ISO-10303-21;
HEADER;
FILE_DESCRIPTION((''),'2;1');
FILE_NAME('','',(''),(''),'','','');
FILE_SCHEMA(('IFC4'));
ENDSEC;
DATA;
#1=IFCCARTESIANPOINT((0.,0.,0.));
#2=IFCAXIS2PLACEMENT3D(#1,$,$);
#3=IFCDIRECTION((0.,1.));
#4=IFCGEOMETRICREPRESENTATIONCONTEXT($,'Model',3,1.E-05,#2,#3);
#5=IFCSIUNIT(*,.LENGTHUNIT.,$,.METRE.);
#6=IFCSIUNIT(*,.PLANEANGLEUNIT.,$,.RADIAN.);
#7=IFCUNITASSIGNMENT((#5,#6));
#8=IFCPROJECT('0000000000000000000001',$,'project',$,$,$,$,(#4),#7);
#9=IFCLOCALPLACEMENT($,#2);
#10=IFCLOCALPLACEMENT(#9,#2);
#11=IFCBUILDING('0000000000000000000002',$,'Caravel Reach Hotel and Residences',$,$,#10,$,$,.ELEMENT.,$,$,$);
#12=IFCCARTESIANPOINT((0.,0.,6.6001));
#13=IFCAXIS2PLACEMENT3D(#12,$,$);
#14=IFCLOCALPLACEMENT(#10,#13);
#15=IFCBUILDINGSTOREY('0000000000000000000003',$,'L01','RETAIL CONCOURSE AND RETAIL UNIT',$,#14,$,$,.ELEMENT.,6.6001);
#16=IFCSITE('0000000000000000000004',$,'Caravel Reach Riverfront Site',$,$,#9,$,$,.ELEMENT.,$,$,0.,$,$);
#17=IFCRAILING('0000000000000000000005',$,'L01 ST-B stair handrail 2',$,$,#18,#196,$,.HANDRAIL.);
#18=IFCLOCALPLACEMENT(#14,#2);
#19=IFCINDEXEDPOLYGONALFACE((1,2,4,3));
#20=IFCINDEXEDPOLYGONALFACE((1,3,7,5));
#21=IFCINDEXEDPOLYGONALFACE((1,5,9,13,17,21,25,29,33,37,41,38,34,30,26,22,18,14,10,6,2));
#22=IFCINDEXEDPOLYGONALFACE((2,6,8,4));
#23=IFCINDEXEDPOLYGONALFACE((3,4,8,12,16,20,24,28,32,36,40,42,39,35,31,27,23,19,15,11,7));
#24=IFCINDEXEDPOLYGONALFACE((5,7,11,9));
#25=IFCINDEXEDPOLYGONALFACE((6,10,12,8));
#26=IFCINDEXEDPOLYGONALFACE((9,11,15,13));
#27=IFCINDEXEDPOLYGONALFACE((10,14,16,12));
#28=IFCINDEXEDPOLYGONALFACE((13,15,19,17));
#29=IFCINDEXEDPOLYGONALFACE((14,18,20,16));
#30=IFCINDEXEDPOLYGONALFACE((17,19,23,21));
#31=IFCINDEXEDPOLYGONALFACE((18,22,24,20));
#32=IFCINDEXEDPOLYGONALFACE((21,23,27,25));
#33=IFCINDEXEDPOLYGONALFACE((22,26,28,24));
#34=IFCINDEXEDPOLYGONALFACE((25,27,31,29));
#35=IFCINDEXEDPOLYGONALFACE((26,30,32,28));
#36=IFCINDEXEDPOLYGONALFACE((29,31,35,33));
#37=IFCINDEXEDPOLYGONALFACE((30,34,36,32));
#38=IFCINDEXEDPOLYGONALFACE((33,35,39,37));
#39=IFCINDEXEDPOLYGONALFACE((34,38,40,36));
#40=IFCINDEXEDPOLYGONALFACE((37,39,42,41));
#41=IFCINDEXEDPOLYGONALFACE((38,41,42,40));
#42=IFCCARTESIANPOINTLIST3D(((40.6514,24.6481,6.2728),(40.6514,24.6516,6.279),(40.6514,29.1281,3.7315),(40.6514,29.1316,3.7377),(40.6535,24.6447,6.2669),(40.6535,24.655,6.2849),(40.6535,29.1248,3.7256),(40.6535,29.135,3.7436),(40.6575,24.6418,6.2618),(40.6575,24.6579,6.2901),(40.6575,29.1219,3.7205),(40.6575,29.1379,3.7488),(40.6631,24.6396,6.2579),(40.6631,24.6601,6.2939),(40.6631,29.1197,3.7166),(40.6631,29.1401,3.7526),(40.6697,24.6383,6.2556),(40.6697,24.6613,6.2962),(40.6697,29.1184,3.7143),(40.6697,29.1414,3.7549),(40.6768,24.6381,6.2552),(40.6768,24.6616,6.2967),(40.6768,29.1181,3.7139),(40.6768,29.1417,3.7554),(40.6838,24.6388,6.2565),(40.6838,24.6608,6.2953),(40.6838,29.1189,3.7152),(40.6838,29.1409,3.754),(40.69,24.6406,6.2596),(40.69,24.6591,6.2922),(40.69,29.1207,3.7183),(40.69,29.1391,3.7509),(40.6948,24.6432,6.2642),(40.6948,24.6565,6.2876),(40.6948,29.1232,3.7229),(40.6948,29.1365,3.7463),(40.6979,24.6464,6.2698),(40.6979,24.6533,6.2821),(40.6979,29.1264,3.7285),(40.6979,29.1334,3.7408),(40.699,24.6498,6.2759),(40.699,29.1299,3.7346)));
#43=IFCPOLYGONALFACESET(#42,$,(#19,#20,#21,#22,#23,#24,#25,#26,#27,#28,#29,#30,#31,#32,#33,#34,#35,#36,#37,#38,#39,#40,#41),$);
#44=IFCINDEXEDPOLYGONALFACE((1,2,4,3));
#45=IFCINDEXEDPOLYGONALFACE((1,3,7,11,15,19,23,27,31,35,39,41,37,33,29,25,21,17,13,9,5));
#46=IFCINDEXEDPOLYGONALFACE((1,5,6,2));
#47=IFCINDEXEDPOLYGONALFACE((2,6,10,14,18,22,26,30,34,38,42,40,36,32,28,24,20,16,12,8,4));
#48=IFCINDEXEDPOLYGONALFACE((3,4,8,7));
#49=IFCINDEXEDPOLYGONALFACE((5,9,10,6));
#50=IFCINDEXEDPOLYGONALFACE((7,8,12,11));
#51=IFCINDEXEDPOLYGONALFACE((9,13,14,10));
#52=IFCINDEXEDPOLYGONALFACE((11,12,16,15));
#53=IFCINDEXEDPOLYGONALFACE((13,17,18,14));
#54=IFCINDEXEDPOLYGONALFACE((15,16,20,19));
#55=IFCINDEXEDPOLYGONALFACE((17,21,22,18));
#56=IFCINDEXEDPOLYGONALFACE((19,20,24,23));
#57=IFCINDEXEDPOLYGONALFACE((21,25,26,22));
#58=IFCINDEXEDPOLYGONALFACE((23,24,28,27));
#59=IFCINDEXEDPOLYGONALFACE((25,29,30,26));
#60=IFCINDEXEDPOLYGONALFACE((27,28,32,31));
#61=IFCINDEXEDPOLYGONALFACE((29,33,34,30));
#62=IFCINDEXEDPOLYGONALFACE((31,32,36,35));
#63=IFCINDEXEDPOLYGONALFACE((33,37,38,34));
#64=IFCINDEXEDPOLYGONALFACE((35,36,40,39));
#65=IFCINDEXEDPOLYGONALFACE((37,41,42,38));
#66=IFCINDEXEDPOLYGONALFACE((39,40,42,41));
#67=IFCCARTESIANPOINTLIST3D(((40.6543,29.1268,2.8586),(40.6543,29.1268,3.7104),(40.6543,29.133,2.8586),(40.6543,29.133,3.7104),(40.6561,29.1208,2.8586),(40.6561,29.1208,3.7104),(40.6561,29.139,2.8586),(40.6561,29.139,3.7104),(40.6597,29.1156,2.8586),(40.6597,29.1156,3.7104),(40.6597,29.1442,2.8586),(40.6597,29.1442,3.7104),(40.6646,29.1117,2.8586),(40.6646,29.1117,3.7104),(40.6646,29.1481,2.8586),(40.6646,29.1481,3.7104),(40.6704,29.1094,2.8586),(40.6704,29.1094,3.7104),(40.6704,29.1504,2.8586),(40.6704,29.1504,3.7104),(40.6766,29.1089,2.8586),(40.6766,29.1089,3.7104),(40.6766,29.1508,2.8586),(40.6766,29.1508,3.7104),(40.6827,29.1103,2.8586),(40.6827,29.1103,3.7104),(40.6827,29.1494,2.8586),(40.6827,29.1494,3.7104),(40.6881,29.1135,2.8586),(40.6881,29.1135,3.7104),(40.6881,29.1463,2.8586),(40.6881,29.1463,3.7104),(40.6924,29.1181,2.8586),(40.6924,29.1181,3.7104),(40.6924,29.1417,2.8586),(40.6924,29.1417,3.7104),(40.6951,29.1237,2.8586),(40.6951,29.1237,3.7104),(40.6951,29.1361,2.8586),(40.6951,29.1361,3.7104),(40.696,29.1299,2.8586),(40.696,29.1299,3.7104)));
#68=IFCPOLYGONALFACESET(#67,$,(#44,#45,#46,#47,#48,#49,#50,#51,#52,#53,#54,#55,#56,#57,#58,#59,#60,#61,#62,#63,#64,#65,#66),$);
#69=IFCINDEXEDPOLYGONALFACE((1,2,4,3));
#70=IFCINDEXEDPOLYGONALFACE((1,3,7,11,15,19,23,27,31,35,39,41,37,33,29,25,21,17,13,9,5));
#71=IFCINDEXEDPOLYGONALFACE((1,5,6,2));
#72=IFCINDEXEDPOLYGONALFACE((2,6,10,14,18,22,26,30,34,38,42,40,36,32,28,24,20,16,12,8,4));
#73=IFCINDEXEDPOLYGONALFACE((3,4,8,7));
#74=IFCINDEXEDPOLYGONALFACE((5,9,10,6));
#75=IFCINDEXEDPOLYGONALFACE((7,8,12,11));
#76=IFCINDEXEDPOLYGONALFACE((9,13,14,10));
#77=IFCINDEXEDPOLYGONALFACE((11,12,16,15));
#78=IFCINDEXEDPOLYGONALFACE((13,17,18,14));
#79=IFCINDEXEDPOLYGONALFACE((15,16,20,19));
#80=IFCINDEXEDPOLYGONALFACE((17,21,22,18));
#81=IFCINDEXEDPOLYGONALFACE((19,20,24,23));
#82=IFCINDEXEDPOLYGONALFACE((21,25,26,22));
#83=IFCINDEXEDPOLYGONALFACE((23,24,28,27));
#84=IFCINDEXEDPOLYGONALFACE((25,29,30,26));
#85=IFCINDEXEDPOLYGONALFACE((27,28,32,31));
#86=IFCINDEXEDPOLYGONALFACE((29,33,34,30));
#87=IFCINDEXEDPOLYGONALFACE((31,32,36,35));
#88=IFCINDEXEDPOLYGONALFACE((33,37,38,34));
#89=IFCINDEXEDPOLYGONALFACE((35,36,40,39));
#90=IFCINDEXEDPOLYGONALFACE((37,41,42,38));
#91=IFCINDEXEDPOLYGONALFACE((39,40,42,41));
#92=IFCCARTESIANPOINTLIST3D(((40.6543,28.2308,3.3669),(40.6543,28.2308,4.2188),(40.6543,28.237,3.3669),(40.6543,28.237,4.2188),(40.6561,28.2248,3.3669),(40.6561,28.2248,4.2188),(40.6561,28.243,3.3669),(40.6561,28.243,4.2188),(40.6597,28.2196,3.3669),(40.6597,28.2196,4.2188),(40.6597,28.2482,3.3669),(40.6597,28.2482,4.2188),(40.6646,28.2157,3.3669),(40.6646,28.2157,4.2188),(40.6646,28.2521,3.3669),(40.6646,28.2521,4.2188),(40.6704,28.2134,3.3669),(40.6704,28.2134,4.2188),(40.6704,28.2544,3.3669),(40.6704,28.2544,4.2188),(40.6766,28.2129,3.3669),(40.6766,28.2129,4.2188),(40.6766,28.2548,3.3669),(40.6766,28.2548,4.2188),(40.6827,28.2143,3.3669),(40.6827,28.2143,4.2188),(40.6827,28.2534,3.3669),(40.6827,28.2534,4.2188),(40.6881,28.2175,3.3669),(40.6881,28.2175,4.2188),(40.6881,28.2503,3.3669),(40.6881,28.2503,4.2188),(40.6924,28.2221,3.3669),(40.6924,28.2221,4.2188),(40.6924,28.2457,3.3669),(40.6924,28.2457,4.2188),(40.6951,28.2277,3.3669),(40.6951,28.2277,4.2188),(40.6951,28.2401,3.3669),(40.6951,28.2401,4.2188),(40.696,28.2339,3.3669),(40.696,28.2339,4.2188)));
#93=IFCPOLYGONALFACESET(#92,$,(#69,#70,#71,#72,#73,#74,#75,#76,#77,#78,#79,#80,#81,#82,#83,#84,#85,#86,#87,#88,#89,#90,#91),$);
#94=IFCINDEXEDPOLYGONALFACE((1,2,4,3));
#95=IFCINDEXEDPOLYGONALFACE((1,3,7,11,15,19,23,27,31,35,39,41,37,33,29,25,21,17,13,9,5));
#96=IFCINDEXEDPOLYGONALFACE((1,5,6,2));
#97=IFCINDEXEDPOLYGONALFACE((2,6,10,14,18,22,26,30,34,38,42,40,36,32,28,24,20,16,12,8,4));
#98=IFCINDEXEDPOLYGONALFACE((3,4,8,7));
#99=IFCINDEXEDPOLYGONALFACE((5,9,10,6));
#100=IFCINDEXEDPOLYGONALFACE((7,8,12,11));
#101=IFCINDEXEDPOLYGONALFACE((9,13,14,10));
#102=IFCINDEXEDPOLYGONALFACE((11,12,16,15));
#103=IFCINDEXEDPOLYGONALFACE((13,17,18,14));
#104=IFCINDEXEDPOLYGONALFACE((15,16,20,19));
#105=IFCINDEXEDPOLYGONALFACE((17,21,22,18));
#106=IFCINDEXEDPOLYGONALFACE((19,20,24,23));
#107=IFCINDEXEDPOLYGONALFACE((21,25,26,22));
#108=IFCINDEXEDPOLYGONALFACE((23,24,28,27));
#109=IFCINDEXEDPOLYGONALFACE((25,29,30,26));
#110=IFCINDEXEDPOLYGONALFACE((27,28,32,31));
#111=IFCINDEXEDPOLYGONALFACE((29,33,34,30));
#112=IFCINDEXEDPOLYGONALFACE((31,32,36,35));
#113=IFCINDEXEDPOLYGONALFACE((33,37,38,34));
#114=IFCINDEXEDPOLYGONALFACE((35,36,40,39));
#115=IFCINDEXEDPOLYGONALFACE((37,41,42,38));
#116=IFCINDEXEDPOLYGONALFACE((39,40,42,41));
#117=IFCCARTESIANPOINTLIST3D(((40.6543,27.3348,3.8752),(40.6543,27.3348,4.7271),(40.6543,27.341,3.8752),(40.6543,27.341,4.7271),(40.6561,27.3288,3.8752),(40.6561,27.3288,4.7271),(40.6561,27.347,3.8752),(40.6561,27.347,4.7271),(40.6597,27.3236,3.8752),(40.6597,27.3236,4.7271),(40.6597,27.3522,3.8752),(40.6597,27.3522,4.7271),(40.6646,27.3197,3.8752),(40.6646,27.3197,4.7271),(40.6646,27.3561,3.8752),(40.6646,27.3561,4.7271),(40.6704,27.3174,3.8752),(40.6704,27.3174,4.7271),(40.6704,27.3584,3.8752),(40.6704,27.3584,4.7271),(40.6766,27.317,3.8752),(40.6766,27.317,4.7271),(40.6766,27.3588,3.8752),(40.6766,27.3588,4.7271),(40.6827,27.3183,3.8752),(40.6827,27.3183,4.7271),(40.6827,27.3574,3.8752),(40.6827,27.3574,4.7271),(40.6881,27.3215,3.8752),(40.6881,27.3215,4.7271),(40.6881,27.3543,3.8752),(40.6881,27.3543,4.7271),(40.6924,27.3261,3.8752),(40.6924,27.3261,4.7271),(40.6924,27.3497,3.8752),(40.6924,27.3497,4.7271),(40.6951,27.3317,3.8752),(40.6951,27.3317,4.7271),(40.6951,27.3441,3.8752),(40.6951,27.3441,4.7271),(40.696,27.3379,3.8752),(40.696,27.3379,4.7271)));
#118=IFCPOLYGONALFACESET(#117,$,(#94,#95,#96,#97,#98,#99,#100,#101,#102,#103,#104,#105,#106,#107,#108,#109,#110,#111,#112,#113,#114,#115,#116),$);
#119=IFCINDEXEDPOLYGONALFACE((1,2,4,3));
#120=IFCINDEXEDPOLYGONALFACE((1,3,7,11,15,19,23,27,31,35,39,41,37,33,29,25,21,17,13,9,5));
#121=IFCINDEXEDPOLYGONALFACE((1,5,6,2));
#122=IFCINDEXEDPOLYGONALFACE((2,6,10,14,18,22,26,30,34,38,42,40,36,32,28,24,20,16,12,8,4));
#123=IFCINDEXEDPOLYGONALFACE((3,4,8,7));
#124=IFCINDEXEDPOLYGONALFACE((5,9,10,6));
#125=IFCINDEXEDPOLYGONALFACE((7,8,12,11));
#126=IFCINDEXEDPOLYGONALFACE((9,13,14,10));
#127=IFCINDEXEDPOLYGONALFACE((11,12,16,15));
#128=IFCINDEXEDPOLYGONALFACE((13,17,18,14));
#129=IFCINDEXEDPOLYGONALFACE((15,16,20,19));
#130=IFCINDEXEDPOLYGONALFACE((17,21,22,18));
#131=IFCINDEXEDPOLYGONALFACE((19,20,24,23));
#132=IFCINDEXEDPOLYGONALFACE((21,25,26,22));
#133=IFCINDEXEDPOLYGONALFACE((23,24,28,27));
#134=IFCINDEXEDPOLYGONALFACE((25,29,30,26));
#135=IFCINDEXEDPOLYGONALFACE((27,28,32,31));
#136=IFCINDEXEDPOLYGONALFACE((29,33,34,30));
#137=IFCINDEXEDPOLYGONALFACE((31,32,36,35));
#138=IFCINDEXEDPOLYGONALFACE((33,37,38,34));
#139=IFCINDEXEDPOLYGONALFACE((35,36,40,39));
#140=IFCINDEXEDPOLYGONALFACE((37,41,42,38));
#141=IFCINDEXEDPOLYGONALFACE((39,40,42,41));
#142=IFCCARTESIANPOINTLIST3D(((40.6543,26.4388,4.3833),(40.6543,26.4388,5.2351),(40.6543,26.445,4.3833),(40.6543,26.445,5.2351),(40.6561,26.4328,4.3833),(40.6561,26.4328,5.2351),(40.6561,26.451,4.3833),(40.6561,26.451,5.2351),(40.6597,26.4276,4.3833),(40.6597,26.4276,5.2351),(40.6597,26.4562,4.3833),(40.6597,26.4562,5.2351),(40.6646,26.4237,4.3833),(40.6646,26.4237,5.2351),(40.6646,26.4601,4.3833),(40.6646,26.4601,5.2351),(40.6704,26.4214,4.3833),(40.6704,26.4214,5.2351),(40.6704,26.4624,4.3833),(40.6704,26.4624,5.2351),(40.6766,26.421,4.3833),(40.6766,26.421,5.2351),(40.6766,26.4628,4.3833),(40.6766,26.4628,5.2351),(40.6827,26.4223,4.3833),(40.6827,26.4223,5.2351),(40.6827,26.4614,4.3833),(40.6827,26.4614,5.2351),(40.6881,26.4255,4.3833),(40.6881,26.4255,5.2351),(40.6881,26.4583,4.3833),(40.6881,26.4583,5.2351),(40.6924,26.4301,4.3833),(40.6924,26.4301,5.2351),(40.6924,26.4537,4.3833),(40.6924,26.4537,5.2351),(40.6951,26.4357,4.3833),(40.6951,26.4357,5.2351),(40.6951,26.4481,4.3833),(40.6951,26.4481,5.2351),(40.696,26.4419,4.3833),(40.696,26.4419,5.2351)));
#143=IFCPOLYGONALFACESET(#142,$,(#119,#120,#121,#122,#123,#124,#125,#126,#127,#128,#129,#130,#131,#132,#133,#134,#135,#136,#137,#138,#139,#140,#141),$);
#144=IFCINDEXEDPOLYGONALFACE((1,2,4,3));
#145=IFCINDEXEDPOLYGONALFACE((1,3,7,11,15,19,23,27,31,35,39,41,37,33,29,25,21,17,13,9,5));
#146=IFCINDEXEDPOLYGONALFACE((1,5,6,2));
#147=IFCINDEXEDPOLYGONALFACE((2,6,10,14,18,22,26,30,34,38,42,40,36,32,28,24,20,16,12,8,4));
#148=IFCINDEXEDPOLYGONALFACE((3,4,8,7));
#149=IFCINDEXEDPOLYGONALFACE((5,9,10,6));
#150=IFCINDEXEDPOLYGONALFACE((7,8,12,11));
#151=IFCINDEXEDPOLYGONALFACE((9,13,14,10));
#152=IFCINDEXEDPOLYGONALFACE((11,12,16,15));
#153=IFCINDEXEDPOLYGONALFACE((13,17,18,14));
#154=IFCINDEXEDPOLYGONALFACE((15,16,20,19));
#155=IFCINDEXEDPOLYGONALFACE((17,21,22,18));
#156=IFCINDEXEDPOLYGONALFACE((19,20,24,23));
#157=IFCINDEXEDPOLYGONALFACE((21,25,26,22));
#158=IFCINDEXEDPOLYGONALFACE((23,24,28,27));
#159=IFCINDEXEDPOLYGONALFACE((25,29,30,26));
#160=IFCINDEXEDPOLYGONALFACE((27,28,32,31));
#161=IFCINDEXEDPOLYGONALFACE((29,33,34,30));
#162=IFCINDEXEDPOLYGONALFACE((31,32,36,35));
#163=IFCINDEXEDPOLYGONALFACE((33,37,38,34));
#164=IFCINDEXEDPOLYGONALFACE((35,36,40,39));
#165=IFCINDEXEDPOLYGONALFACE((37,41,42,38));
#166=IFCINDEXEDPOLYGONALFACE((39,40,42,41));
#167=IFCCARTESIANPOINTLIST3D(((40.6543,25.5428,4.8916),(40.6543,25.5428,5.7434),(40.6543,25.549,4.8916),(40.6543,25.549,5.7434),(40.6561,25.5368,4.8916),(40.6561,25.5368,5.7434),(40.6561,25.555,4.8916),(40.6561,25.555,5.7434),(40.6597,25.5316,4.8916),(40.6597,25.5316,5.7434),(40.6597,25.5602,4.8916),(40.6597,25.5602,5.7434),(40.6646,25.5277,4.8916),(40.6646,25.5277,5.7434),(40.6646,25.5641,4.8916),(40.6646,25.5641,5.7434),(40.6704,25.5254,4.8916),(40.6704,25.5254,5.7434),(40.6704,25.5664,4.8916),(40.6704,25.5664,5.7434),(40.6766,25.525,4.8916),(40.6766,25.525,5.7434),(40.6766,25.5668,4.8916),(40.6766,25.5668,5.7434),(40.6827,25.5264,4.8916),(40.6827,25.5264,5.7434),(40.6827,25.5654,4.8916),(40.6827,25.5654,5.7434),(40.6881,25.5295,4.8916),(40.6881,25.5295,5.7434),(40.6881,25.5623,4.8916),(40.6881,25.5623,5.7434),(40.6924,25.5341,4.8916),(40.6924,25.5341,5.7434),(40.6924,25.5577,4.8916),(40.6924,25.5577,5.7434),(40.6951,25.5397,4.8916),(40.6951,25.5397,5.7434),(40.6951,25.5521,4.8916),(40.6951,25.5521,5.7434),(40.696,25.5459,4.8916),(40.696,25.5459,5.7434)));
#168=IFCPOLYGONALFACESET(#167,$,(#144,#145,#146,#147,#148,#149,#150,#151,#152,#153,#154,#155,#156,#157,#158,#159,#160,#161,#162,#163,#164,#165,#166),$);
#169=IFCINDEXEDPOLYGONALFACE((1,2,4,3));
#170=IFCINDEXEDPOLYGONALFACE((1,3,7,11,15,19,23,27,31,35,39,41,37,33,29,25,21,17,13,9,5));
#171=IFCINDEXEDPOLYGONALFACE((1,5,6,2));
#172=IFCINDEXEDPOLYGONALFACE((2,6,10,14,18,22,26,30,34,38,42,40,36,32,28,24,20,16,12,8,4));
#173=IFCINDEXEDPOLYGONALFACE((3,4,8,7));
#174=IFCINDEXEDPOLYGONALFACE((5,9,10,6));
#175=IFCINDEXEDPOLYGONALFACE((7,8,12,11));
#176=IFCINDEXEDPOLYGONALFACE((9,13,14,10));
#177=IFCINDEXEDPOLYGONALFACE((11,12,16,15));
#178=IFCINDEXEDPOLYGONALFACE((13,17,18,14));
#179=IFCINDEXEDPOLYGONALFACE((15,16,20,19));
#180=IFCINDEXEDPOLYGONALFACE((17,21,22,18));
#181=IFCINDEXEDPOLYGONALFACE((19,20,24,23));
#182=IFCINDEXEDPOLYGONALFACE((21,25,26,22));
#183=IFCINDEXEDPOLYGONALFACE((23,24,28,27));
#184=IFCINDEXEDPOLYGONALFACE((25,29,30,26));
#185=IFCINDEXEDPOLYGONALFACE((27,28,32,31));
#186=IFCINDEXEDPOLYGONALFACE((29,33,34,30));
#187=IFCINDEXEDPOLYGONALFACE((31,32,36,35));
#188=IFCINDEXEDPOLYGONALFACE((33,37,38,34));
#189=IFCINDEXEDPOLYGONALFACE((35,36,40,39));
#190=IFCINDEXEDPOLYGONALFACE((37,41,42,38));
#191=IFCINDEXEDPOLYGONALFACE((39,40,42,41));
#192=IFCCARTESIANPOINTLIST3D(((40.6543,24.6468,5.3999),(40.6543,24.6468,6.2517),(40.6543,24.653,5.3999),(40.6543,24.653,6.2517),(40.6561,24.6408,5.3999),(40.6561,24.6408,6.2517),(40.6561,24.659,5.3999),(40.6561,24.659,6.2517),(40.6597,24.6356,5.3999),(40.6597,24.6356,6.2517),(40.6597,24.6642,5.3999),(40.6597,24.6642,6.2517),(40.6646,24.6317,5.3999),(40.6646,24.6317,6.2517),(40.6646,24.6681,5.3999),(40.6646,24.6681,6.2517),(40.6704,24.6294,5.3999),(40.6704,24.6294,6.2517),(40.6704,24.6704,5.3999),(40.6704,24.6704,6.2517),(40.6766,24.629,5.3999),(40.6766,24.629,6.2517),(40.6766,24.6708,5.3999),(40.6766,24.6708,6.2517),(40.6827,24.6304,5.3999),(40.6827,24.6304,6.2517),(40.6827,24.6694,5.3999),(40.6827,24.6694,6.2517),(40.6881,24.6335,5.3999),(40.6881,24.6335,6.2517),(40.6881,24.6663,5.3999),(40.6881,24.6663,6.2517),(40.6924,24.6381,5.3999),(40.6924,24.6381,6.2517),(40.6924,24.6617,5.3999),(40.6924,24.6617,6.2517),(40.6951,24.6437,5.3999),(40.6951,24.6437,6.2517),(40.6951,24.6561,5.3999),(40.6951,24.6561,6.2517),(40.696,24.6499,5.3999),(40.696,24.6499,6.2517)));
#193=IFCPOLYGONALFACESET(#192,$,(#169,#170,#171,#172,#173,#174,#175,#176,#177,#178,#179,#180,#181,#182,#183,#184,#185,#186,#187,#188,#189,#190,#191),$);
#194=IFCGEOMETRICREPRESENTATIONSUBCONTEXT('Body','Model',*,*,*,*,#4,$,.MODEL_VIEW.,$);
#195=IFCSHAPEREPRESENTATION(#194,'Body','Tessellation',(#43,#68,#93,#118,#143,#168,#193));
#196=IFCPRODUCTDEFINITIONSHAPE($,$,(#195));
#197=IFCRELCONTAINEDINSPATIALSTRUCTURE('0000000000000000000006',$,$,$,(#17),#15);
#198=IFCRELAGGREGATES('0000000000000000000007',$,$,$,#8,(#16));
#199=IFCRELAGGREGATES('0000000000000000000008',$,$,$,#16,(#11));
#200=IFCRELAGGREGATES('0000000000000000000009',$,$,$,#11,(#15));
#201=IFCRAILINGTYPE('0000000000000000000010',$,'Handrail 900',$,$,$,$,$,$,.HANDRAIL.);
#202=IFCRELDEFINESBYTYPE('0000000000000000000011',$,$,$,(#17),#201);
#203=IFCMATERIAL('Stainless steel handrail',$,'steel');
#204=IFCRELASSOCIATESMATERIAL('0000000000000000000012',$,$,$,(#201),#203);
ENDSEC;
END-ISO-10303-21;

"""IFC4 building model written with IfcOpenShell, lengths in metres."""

from ifc_helpers import new_model, si_unit, direction, frame, origin, origin_2d, place, context, subcontext, project, spatial, circle, extrude, material, type_object, element, save


model = new_model("IFC4")

# Units and contexts
model_context = context("Model", 3, precision=1e-05, world=origin(), true_north=direction((0.0, 1.0)))
body_context = subcontext(model_context, "Body", "Model", "MODEL_VIEW")
ifc_project = project(units=[si_unit("LENGTHUNIT", "METRE"), si_unit("PLANEANGLEUNIT", "RADIAN")], contexts=[model_context])

# Site, building, storey
site_placement = place(None, origin())
site = spatial("IfcSite", under=ifc_project, at=site_placement, Name="Caravel Reach Riverfront Site", CompositionType="ELEMENT", RefElevation=0.0)
building_placement = place(site_placement, origin())
building = spatial("IfcBuilding", under=site, at=building_placement, Name="Caravel Reach Hotel and Residences", CompositionType="ELEMENT")
storey_placement = place(building_placement, frame((0.0, 0.0, 6.6001)))
storey = spatial("IfcBuildingStorey", under=building, at=storey_placement, Name="L01", Description="RETAIL CONCOURSE AND RETAIL UNIT", CompositionType="ELEMENT", Elevation=6.6001)

# Railing
ifc_material_1 = material(Name="Stainless steel handrail", Category="steel")
railing_type_1 = type_object("IfcRailingType", Name="Handrail 900", PredefinedType="HANDRAIL", material=ifc_material_1)
railing_1_placement = place(storey_placement, frame((40.675, 29.1299, 2.8586)))
element("IfcRailing", 1, at=railing_1_placement, inside=storey, type_object=railing_type_1, Name="L01 ST-B stair handrail 2", PredefinedType="HANDRAIL", context=body_context, shape_type="SweptSolid", body=[
    extrude(circle(Radius=0.0239, at=origin_2d()), frame((0.0, 0.0, 0.876), z_axis=(0.0, -0.869805, 0.493395), x_axis=(1.0, 0.0, 0.0)), (0.0, 0.0, 1.0), 5.1506),
    extrude(circle(Radius=0.021, at=origin_2d()), origin(), (0.0, 0.0, 1.0), 0.8518),
    extrude(circle(Radius=0.021, at=origin_2d()), frame((0.0, -0.896, 0.5083)), (0.0, 0.0, 1.0), 0.8518),
    extrude(circle(Radius=0.021, at=origin_2d()), frame((0.0, -1.792, 1.0166)), (0.0, 0.0, 1.0), 0.8518),
    extrude(circle(Radius=0.021, at=origin_2d()), frame((0.0, -2.688, 1.5247)), (0.0, 0.0, 1.0), 0.8518),
    extrude(circle(Radius=0.021, at=origin_2d()), frame((0.0, -3.584, 2.033)), (0.0, 0.0, 1.0), 0.8518),
    extrude(circle(Radius=0.021, at=origin_2d()), frame((0.0, -4.48, 2.5413)), (0.0, 0.0, 1.0), 0.8518),
])

save(model, "model.ifc")
